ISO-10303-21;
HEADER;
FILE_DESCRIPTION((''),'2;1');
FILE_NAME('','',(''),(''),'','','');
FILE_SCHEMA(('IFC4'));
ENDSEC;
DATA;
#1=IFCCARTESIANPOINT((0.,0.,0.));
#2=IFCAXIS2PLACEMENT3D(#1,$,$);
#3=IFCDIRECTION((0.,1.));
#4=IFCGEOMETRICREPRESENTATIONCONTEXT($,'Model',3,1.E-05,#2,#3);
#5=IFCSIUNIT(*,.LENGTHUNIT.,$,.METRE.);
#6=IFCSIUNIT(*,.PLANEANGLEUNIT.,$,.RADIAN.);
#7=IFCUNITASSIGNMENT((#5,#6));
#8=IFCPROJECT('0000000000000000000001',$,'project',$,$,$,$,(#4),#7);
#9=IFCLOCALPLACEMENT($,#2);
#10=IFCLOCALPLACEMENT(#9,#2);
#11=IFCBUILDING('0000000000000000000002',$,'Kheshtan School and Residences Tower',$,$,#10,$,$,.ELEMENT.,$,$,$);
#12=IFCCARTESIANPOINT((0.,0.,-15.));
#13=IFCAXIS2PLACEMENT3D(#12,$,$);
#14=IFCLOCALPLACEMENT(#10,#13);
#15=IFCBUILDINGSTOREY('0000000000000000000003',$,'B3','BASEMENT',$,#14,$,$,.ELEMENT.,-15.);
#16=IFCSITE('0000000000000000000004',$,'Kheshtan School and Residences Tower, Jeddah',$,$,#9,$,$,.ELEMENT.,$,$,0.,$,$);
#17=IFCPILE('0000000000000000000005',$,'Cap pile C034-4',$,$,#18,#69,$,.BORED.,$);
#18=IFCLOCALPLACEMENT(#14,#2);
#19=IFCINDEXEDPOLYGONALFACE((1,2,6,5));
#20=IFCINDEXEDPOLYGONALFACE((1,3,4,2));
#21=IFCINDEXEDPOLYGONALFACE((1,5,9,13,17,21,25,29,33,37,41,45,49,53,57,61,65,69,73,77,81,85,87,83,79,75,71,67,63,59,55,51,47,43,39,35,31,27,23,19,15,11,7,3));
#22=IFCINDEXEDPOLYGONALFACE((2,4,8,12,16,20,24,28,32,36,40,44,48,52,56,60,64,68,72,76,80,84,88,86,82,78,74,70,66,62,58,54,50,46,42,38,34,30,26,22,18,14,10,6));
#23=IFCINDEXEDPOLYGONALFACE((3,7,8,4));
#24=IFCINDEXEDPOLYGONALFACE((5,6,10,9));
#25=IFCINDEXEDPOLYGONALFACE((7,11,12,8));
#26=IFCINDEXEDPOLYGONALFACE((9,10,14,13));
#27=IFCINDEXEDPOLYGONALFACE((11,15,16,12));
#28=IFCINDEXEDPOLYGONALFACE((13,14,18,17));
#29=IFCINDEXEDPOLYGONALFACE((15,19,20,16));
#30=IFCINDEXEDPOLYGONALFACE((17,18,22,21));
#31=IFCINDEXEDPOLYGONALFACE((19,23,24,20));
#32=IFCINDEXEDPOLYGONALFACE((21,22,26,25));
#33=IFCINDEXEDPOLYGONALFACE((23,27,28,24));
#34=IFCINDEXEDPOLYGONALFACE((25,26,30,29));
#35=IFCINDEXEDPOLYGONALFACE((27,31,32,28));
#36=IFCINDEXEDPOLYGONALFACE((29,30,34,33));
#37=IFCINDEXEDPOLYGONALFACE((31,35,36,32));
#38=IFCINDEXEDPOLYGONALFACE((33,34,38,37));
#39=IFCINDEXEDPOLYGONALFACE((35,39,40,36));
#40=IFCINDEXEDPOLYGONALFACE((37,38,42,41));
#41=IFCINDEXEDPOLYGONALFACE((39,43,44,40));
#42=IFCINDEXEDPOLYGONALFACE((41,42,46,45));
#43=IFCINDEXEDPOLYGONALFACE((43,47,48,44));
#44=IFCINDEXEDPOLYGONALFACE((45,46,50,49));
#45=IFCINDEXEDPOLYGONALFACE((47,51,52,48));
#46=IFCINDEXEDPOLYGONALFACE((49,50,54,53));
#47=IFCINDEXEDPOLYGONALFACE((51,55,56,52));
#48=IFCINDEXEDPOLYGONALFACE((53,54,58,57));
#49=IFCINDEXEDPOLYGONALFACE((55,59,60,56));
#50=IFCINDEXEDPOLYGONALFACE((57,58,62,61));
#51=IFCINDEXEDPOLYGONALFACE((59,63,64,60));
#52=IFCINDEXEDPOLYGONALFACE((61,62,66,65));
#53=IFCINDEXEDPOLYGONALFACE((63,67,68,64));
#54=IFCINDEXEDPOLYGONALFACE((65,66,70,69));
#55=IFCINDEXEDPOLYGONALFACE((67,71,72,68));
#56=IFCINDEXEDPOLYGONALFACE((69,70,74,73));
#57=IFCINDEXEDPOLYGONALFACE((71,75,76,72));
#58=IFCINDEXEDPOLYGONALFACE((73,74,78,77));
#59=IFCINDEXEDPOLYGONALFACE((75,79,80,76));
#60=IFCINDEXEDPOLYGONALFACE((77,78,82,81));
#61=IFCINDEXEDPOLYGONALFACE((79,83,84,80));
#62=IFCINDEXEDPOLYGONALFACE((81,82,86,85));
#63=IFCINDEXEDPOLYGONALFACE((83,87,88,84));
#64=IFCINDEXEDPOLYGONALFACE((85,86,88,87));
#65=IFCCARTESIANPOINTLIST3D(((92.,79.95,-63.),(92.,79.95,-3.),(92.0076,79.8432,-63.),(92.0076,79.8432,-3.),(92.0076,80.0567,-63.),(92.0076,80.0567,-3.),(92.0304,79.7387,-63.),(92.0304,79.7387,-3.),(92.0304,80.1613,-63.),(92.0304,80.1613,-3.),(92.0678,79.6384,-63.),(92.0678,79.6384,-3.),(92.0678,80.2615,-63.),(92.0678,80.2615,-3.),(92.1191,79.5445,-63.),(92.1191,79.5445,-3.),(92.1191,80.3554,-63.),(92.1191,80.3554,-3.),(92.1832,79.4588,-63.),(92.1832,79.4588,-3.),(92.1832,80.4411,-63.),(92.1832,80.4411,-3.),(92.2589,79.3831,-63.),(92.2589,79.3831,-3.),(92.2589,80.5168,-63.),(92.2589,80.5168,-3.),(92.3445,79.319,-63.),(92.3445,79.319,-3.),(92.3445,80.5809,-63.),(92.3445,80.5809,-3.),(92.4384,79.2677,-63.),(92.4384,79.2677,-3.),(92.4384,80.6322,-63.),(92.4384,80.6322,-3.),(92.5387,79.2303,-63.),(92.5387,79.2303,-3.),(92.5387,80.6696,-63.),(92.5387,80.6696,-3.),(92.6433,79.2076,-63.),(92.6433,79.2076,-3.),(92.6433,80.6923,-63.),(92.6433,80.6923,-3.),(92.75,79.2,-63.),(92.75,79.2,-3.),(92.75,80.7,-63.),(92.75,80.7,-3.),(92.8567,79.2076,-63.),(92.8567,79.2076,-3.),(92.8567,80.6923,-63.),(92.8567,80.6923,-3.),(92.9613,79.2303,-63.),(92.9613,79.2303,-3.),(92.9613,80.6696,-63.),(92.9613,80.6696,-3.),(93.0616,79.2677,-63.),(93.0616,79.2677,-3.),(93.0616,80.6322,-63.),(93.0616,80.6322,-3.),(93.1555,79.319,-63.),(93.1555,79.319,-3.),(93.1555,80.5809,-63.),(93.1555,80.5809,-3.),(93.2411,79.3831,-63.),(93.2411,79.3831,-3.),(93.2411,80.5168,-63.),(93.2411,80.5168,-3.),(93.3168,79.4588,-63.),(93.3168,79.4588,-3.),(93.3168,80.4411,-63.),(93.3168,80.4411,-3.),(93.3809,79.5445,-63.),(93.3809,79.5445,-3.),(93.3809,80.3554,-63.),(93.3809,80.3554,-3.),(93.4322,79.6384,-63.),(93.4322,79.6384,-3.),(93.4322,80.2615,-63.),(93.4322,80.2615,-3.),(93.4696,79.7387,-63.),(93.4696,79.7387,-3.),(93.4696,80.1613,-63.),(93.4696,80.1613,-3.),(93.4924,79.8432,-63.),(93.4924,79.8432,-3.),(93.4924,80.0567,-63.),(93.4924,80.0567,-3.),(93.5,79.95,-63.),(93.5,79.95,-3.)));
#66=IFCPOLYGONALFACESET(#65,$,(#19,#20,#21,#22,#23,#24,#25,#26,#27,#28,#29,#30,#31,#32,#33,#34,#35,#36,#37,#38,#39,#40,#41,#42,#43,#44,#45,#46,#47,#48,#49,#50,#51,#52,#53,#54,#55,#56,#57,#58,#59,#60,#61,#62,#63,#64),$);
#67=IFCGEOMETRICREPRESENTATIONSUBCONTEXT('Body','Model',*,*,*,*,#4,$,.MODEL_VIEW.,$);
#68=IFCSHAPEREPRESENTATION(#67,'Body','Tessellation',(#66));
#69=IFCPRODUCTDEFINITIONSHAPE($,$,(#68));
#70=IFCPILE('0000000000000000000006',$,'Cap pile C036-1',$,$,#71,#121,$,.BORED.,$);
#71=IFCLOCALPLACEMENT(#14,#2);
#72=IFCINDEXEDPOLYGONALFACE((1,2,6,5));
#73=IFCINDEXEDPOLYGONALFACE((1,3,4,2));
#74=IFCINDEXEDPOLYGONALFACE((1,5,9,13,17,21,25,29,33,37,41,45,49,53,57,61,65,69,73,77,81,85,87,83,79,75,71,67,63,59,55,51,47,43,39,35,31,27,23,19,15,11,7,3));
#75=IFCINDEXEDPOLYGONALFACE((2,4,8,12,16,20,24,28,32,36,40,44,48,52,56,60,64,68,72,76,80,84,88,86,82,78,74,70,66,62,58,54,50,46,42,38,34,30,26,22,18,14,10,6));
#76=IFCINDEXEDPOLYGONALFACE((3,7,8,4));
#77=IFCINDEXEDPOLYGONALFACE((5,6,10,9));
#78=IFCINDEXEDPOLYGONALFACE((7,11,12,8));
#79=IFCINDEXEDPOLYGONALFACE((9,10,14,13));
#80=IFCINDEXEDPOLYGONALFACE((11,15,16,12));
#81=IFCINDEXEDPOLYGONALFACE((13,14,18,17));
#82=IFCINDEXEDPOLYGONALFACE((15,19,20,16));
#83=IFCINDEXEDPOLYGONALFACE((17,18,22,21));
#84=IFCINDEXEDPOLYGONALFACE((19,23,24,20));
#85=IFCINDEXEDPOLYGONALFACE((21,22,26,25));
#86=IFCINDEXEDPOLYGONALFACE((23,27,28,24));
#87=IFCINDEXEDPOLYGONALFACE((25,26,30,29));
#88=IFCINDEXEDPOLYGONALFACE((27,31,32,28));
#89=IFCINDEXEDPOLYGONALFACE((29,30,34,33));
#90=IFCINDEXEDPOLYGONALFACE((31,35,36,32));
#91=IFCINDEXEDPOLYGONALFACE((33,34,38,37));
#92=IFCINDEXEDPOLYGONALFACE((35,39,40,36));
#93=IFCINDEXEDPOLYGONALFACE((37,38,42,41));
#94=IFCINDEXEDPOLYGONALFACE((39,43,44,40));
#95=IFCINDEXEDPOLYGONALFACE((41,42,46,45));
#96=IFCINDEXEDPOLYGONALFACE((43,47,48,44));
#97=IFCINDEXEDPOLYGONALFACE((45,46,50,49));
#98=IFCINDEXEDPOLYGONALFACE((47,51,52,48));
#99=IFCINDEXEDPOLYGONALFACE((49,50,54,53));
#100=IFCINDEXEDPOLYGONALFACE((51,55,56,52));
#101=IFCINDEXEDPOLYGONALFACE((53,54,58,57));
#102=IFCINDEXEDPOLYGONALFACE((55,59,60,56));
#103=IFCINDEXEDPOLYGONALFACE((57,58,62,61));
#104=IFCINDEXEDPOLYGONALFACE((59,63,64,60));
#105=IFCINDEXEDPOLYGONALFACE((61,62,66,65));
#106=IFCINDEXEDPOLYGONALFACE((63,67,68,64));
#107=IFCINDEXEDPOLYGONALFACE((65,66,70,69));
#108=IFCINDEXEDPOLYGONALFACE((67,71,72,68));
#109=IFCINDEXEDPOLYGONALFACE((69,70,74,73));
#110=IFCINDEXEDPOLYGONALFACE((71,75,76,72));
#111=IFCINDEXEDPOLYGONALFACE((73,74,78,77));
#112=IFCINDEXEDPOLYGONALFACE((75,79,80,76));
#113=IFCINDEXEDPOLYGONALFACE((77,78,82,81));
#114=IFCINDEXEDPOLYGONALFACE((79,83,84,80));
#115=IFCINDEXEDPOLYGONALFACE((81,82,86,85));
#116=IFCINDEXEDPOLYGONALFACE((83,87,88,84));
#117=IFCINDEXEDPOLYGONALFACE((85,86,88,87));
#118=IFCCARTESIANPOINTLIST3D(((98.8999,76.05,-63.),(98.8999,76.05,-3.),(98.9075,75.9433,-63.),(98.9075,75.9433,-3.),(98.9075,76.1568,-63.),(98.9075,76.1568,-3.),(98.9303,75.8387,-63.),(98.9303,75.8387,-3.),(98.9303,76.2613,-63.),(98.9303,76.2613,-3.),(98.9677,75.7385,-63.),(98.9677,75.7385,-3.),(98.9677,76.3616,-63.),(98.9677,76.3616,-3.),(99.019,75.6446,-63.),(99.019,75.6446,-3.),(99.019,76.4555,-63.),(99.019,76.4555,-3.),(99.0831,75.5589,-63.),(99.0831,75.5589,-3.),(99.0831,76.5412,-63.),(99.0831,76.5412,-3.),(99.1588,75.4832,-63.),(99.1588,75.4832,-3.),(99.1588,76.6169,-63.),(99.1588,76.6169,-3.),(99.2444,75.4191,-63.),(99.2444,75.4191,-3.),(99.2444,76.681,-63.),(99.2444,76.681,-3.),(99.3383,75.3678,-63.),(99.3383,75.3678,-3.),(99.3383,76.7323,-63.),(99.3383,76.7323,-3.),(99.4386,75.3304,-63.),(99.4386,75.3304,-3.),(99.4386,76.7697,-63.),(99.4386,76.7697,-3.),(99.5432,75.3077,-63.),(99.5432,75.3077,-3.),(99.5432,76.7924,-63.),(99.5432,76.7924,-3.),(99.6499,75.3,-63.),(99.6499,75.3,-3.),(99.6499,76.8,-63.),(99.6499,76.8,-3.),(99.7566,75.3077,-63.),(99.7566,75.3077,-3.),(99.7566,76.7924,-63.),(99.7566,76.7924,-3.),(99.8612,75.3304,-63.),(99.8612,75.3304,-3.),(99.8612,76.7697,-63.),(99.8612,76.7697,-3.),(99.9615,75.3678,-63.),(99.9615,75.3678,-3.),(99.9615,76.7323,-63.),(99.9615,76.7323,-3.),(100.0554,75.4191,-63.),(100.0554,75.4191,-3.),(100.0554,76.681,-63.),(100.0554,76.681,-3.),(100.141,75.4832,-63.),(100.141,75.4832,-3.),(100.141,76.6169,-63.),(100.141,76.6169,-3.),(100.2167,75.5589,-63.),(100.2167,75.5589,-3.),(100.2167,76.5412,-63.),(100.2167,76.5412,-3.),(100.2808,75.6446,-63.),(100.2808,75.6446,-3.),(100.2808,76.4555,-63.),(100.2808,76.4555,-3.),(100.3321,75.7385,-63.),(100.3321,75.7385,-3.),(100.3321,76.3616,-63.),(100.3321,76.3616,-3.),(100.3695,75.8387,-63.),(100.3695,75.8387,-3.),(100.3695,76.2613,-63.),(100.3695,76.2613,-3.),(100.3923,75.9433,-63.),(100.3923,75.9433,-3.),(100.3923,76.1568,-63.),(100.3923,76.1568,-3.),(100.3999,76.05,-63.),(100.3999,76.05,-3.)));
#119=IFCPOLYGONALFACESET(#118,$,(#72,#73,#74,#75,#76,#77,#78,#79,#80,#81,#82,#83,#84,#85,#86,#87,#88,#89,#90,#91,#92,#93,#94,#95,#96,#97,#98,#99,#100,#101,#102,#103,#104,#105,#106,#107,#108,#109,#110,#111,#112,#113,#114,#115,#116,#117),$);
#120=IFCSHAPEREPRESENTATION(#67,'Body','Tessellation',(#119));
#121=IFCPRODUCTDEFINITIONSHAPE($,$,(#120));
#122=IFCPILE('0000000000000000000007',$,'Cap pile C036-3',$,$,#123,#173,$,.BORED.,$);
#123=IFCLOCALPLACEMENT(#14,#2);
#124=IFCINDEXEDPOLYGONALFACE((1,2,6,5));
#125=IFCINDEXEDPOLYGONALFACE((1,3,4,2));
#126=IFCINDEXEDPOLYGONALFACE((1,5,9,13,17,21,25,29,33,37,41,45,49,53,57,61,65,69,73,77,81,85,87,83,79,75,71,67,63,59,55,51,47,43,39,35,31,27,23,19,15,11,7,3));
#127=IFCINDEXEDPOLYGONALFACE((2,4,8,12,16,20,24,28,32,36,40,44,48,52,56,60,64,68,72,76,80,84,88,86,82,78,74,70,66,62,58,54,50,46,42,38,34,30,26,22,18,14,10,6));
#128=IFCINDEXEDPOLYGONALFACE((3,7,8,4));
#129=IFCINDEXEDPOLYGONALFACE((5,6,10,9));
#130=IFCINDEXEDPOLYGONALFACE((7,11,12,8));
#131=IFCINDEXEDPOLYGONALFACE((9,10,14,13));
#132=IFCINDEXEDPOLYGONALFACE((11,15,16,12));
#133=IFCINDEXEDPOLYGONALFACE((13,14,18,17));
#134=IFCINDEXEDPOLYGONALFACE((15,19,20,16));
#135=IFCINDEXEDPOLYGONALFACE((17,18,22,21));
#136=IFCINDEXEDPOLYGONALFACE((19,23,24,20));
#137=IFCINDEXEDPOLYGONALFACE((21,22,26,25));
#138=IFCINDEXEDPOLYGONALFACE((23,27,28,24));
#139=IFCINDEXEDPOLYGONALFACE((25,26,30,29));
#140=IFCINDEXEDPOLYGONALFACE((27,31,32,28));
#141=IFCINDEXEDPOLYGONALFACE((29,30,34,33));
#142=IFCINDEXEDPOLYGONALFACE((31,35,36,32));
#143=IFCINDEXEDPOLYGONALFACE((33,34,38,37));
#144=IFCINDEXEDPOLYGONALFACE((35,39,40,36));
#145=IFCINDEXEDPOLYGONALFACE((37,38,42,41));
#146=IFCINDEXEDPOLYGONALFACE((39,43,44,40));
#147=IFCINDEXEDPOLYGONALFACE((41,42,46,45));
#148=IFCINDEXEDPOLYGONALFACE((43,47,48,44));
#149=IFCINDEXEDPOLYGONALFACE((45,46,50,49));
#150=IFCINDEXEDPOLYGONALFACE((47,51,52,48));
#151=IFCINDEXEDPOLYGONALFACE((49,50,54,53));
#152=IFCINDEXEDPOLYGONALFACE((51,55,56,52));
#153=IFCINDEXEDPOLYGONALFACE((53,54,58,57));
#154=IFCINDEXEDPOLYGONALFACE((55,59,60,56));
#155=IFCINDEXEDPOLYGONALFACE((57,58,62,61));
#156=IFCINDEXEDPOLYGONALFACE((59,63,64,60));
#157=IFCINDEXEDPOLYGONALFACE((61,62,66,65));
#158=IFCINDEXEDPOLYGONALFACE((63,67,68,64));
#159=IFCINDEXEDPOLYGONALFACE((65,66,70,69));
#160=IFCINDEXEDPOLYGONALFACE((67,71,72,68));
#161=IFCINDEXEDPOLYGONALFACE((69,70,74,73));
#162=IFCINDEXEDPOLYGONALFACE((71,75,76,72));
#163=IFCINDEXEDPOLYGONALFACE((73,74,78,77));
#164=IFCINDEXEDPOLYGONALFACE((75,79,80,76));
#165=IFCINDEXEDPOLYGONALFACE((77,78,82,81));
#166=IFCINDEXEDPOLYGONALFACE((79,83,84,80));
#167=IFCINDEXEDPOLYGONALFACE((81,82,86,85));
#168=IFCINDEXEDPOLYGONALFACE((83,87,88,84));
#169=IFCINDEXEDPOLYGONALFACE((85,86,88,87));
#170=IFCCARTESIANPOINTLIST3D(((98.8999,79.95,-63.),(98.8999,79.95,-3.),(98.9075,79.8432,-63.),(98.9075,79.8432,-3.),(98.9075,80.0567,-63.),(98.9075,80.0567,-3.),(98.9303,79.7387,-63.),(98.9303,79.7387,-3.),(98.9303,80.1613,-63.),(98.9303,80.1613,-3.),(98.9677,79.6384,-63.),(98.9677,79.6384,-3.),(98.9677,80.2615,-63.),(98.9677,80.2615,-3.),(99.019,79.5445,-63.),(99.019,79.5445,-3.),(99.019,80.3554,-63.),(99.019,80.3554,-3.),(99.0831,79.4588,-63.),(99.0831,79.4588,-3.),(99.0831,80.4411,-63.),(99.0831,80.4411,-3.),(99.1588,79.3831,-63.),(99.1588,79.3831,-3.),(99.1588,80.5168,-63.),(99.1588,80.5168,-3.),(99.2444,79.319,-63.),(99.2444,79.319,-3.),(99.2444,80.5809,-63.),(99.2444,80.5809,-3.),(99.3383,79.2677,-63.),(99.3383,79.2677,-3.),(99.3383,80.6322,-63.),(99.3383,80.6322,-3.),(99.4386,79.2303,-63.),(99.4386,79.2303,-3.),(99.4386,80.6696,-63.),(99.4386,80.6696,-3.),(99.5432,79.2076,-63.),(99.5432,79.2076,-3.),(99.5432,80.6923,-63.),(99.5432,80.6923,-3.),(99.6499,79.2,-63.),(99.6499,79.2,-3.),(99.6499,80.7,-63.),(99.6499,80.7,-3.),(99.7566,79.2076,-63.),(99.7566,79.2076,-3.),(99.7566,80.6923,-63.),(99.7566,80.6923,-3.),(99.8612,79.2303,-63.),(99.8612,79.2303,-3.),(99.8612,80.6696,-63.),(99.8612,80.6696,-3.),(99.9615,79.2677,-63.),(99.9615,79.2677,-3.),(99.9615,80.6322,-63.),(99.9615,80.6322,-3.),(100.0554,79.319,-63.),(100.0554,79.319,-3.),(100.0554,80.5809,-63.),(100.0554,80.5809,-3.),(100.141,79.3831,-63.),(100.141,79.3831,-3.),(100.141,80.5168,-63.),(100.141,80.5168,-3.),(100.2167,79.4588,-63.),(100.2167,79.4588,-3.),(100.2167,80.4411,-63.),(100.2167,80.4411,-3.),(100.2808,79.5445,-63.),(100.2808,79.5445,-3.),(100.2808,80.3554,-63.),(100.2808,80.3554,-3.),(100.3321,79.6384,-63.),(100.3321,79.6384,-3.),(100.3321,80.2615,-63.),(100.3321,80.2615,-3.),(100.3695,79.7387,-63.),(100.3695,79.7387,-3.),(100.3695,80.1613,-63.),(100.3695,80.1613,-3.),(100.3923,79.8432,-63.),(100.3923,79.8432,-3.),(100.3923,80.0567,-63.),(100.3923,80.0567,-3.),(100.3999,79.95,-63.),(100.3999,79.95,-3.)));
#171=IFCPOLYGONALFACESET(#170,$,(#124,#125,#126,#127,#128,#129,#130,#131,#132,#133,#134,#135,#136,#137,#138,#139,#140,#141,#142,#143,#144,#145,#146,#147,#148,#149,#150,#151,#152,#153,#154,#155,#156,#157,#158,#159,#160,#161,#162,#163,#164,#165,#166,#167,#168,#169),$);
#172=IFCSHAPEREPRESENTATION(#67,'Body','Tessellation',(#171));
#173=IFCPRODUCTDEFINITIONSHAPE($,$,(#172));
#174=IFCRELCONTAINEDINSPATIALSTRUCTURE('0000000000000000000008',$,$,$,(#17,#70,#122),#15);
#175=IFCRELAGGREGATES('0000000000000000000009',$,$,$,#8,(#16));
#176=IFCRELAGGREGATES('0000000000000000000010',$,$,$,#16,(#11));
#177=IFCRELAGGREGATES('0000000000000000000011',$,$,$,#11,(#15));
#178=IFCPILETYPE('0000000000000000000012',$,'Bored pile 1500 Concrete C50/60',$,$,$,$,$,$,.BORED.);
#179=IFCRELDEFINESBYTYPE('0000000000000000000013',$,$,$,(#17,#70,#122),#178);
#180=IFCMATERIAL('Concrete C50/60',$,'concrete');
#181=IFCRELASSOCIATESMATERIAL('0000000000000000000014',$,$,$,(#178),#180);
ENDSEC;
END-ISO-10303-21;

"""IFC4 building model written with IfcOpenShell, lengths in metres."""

from ifc_helpers import new_model, si_unit, direction, frame, origin, origin_2d, place, context, subcontext, project, spatial, circle, extrude, material, material_profile, profile_set, type_object, element, save


model = new_model("IFC4")

# Units and contexts
model_context = context("Model", 3, precision=1e-05, world=origin(), true_north=direction((0.0, 1.0)))
body_context = subcontext(model_context, "Body", "Model", "MODEL_VIEW")
ifc_project = project(units=[si_unit("LENGTHUNIT", "METRE"), si_unit("PLANEANGLEUNIT", "RADIAN")], contexts=[model_context])

# Site, building, storey
site_placement = place(None, origin())
site = spatial("IfcSite", under=ifc_project, at=site_placement, Name="Kheshtan School and Residences Tower, Jeddah", CompositionType="ELEMENT", RefElevation=0.0)
building_placement = place(site_placement, origin())
building = spatial("IfcBuilding", under=site, at=building_placement, Name="Kheshtan School and Residences Tower", CompositionType="ELEMENT")
storey_placement = place(building_placement, frame((0.0, 0.0, -15.0)))
storey = spatial("IfcBuildingStorey", under=building, at=storey_placement, Name="B3", Description="BASEMENT", CompositionType="ELEMENT", Elevation=-15.0)

# Piles
ifc_material_1 = material(Name="Concrete C50/60", Category="concrete")
ifc_material_profile_1 = material_profile(ifc_material_1, circle(Radius=0.75, at=origin_2d()), Name="BP 1500")
ifc_profile_set_1 = profile_set([ifc_material_profile_1], Name="Concrete C50/60")
pile_type = type_object("IfcPileType", Name="Bored pile 1500 Concrete C50/60", PredefinedType="BORED", material=ifc_profile_set_1)
for number, where, z_axis, x_axis, name in (
    (1, (92.75, 79.95, -3.0), (0.0, 0.0, -1.0), (1.0, 0.0, 0.0), "Cap pile C034-4"),
    (2, (99.6499, 76.05, -3.0), (0.0, 0.0, -1.0), (1.0, 0.0, 0.0), "Cap pile C036-1"),
    (3, (99.6499, 79.95, -3.0), (0.0, 0.0, -1.0), (1.0, 0.0, 0.0), "Cap pile C036-3"),
):
    element("IfcPile", number, at=place(storey_placement, frame(where, z_axis=z_axis, x_axis=x_axis)), inside=storey, type_object=pile_type, Name=name, PredefinedType="BORED", context=body_context, shape_type="SweptSolid", body=[
        extrude(circle(Radius=0.75, at=origin_2d()), origin(), (0.0, 0.0, 1.0), 60.0),
    ])

save(model, "model.ifc")
